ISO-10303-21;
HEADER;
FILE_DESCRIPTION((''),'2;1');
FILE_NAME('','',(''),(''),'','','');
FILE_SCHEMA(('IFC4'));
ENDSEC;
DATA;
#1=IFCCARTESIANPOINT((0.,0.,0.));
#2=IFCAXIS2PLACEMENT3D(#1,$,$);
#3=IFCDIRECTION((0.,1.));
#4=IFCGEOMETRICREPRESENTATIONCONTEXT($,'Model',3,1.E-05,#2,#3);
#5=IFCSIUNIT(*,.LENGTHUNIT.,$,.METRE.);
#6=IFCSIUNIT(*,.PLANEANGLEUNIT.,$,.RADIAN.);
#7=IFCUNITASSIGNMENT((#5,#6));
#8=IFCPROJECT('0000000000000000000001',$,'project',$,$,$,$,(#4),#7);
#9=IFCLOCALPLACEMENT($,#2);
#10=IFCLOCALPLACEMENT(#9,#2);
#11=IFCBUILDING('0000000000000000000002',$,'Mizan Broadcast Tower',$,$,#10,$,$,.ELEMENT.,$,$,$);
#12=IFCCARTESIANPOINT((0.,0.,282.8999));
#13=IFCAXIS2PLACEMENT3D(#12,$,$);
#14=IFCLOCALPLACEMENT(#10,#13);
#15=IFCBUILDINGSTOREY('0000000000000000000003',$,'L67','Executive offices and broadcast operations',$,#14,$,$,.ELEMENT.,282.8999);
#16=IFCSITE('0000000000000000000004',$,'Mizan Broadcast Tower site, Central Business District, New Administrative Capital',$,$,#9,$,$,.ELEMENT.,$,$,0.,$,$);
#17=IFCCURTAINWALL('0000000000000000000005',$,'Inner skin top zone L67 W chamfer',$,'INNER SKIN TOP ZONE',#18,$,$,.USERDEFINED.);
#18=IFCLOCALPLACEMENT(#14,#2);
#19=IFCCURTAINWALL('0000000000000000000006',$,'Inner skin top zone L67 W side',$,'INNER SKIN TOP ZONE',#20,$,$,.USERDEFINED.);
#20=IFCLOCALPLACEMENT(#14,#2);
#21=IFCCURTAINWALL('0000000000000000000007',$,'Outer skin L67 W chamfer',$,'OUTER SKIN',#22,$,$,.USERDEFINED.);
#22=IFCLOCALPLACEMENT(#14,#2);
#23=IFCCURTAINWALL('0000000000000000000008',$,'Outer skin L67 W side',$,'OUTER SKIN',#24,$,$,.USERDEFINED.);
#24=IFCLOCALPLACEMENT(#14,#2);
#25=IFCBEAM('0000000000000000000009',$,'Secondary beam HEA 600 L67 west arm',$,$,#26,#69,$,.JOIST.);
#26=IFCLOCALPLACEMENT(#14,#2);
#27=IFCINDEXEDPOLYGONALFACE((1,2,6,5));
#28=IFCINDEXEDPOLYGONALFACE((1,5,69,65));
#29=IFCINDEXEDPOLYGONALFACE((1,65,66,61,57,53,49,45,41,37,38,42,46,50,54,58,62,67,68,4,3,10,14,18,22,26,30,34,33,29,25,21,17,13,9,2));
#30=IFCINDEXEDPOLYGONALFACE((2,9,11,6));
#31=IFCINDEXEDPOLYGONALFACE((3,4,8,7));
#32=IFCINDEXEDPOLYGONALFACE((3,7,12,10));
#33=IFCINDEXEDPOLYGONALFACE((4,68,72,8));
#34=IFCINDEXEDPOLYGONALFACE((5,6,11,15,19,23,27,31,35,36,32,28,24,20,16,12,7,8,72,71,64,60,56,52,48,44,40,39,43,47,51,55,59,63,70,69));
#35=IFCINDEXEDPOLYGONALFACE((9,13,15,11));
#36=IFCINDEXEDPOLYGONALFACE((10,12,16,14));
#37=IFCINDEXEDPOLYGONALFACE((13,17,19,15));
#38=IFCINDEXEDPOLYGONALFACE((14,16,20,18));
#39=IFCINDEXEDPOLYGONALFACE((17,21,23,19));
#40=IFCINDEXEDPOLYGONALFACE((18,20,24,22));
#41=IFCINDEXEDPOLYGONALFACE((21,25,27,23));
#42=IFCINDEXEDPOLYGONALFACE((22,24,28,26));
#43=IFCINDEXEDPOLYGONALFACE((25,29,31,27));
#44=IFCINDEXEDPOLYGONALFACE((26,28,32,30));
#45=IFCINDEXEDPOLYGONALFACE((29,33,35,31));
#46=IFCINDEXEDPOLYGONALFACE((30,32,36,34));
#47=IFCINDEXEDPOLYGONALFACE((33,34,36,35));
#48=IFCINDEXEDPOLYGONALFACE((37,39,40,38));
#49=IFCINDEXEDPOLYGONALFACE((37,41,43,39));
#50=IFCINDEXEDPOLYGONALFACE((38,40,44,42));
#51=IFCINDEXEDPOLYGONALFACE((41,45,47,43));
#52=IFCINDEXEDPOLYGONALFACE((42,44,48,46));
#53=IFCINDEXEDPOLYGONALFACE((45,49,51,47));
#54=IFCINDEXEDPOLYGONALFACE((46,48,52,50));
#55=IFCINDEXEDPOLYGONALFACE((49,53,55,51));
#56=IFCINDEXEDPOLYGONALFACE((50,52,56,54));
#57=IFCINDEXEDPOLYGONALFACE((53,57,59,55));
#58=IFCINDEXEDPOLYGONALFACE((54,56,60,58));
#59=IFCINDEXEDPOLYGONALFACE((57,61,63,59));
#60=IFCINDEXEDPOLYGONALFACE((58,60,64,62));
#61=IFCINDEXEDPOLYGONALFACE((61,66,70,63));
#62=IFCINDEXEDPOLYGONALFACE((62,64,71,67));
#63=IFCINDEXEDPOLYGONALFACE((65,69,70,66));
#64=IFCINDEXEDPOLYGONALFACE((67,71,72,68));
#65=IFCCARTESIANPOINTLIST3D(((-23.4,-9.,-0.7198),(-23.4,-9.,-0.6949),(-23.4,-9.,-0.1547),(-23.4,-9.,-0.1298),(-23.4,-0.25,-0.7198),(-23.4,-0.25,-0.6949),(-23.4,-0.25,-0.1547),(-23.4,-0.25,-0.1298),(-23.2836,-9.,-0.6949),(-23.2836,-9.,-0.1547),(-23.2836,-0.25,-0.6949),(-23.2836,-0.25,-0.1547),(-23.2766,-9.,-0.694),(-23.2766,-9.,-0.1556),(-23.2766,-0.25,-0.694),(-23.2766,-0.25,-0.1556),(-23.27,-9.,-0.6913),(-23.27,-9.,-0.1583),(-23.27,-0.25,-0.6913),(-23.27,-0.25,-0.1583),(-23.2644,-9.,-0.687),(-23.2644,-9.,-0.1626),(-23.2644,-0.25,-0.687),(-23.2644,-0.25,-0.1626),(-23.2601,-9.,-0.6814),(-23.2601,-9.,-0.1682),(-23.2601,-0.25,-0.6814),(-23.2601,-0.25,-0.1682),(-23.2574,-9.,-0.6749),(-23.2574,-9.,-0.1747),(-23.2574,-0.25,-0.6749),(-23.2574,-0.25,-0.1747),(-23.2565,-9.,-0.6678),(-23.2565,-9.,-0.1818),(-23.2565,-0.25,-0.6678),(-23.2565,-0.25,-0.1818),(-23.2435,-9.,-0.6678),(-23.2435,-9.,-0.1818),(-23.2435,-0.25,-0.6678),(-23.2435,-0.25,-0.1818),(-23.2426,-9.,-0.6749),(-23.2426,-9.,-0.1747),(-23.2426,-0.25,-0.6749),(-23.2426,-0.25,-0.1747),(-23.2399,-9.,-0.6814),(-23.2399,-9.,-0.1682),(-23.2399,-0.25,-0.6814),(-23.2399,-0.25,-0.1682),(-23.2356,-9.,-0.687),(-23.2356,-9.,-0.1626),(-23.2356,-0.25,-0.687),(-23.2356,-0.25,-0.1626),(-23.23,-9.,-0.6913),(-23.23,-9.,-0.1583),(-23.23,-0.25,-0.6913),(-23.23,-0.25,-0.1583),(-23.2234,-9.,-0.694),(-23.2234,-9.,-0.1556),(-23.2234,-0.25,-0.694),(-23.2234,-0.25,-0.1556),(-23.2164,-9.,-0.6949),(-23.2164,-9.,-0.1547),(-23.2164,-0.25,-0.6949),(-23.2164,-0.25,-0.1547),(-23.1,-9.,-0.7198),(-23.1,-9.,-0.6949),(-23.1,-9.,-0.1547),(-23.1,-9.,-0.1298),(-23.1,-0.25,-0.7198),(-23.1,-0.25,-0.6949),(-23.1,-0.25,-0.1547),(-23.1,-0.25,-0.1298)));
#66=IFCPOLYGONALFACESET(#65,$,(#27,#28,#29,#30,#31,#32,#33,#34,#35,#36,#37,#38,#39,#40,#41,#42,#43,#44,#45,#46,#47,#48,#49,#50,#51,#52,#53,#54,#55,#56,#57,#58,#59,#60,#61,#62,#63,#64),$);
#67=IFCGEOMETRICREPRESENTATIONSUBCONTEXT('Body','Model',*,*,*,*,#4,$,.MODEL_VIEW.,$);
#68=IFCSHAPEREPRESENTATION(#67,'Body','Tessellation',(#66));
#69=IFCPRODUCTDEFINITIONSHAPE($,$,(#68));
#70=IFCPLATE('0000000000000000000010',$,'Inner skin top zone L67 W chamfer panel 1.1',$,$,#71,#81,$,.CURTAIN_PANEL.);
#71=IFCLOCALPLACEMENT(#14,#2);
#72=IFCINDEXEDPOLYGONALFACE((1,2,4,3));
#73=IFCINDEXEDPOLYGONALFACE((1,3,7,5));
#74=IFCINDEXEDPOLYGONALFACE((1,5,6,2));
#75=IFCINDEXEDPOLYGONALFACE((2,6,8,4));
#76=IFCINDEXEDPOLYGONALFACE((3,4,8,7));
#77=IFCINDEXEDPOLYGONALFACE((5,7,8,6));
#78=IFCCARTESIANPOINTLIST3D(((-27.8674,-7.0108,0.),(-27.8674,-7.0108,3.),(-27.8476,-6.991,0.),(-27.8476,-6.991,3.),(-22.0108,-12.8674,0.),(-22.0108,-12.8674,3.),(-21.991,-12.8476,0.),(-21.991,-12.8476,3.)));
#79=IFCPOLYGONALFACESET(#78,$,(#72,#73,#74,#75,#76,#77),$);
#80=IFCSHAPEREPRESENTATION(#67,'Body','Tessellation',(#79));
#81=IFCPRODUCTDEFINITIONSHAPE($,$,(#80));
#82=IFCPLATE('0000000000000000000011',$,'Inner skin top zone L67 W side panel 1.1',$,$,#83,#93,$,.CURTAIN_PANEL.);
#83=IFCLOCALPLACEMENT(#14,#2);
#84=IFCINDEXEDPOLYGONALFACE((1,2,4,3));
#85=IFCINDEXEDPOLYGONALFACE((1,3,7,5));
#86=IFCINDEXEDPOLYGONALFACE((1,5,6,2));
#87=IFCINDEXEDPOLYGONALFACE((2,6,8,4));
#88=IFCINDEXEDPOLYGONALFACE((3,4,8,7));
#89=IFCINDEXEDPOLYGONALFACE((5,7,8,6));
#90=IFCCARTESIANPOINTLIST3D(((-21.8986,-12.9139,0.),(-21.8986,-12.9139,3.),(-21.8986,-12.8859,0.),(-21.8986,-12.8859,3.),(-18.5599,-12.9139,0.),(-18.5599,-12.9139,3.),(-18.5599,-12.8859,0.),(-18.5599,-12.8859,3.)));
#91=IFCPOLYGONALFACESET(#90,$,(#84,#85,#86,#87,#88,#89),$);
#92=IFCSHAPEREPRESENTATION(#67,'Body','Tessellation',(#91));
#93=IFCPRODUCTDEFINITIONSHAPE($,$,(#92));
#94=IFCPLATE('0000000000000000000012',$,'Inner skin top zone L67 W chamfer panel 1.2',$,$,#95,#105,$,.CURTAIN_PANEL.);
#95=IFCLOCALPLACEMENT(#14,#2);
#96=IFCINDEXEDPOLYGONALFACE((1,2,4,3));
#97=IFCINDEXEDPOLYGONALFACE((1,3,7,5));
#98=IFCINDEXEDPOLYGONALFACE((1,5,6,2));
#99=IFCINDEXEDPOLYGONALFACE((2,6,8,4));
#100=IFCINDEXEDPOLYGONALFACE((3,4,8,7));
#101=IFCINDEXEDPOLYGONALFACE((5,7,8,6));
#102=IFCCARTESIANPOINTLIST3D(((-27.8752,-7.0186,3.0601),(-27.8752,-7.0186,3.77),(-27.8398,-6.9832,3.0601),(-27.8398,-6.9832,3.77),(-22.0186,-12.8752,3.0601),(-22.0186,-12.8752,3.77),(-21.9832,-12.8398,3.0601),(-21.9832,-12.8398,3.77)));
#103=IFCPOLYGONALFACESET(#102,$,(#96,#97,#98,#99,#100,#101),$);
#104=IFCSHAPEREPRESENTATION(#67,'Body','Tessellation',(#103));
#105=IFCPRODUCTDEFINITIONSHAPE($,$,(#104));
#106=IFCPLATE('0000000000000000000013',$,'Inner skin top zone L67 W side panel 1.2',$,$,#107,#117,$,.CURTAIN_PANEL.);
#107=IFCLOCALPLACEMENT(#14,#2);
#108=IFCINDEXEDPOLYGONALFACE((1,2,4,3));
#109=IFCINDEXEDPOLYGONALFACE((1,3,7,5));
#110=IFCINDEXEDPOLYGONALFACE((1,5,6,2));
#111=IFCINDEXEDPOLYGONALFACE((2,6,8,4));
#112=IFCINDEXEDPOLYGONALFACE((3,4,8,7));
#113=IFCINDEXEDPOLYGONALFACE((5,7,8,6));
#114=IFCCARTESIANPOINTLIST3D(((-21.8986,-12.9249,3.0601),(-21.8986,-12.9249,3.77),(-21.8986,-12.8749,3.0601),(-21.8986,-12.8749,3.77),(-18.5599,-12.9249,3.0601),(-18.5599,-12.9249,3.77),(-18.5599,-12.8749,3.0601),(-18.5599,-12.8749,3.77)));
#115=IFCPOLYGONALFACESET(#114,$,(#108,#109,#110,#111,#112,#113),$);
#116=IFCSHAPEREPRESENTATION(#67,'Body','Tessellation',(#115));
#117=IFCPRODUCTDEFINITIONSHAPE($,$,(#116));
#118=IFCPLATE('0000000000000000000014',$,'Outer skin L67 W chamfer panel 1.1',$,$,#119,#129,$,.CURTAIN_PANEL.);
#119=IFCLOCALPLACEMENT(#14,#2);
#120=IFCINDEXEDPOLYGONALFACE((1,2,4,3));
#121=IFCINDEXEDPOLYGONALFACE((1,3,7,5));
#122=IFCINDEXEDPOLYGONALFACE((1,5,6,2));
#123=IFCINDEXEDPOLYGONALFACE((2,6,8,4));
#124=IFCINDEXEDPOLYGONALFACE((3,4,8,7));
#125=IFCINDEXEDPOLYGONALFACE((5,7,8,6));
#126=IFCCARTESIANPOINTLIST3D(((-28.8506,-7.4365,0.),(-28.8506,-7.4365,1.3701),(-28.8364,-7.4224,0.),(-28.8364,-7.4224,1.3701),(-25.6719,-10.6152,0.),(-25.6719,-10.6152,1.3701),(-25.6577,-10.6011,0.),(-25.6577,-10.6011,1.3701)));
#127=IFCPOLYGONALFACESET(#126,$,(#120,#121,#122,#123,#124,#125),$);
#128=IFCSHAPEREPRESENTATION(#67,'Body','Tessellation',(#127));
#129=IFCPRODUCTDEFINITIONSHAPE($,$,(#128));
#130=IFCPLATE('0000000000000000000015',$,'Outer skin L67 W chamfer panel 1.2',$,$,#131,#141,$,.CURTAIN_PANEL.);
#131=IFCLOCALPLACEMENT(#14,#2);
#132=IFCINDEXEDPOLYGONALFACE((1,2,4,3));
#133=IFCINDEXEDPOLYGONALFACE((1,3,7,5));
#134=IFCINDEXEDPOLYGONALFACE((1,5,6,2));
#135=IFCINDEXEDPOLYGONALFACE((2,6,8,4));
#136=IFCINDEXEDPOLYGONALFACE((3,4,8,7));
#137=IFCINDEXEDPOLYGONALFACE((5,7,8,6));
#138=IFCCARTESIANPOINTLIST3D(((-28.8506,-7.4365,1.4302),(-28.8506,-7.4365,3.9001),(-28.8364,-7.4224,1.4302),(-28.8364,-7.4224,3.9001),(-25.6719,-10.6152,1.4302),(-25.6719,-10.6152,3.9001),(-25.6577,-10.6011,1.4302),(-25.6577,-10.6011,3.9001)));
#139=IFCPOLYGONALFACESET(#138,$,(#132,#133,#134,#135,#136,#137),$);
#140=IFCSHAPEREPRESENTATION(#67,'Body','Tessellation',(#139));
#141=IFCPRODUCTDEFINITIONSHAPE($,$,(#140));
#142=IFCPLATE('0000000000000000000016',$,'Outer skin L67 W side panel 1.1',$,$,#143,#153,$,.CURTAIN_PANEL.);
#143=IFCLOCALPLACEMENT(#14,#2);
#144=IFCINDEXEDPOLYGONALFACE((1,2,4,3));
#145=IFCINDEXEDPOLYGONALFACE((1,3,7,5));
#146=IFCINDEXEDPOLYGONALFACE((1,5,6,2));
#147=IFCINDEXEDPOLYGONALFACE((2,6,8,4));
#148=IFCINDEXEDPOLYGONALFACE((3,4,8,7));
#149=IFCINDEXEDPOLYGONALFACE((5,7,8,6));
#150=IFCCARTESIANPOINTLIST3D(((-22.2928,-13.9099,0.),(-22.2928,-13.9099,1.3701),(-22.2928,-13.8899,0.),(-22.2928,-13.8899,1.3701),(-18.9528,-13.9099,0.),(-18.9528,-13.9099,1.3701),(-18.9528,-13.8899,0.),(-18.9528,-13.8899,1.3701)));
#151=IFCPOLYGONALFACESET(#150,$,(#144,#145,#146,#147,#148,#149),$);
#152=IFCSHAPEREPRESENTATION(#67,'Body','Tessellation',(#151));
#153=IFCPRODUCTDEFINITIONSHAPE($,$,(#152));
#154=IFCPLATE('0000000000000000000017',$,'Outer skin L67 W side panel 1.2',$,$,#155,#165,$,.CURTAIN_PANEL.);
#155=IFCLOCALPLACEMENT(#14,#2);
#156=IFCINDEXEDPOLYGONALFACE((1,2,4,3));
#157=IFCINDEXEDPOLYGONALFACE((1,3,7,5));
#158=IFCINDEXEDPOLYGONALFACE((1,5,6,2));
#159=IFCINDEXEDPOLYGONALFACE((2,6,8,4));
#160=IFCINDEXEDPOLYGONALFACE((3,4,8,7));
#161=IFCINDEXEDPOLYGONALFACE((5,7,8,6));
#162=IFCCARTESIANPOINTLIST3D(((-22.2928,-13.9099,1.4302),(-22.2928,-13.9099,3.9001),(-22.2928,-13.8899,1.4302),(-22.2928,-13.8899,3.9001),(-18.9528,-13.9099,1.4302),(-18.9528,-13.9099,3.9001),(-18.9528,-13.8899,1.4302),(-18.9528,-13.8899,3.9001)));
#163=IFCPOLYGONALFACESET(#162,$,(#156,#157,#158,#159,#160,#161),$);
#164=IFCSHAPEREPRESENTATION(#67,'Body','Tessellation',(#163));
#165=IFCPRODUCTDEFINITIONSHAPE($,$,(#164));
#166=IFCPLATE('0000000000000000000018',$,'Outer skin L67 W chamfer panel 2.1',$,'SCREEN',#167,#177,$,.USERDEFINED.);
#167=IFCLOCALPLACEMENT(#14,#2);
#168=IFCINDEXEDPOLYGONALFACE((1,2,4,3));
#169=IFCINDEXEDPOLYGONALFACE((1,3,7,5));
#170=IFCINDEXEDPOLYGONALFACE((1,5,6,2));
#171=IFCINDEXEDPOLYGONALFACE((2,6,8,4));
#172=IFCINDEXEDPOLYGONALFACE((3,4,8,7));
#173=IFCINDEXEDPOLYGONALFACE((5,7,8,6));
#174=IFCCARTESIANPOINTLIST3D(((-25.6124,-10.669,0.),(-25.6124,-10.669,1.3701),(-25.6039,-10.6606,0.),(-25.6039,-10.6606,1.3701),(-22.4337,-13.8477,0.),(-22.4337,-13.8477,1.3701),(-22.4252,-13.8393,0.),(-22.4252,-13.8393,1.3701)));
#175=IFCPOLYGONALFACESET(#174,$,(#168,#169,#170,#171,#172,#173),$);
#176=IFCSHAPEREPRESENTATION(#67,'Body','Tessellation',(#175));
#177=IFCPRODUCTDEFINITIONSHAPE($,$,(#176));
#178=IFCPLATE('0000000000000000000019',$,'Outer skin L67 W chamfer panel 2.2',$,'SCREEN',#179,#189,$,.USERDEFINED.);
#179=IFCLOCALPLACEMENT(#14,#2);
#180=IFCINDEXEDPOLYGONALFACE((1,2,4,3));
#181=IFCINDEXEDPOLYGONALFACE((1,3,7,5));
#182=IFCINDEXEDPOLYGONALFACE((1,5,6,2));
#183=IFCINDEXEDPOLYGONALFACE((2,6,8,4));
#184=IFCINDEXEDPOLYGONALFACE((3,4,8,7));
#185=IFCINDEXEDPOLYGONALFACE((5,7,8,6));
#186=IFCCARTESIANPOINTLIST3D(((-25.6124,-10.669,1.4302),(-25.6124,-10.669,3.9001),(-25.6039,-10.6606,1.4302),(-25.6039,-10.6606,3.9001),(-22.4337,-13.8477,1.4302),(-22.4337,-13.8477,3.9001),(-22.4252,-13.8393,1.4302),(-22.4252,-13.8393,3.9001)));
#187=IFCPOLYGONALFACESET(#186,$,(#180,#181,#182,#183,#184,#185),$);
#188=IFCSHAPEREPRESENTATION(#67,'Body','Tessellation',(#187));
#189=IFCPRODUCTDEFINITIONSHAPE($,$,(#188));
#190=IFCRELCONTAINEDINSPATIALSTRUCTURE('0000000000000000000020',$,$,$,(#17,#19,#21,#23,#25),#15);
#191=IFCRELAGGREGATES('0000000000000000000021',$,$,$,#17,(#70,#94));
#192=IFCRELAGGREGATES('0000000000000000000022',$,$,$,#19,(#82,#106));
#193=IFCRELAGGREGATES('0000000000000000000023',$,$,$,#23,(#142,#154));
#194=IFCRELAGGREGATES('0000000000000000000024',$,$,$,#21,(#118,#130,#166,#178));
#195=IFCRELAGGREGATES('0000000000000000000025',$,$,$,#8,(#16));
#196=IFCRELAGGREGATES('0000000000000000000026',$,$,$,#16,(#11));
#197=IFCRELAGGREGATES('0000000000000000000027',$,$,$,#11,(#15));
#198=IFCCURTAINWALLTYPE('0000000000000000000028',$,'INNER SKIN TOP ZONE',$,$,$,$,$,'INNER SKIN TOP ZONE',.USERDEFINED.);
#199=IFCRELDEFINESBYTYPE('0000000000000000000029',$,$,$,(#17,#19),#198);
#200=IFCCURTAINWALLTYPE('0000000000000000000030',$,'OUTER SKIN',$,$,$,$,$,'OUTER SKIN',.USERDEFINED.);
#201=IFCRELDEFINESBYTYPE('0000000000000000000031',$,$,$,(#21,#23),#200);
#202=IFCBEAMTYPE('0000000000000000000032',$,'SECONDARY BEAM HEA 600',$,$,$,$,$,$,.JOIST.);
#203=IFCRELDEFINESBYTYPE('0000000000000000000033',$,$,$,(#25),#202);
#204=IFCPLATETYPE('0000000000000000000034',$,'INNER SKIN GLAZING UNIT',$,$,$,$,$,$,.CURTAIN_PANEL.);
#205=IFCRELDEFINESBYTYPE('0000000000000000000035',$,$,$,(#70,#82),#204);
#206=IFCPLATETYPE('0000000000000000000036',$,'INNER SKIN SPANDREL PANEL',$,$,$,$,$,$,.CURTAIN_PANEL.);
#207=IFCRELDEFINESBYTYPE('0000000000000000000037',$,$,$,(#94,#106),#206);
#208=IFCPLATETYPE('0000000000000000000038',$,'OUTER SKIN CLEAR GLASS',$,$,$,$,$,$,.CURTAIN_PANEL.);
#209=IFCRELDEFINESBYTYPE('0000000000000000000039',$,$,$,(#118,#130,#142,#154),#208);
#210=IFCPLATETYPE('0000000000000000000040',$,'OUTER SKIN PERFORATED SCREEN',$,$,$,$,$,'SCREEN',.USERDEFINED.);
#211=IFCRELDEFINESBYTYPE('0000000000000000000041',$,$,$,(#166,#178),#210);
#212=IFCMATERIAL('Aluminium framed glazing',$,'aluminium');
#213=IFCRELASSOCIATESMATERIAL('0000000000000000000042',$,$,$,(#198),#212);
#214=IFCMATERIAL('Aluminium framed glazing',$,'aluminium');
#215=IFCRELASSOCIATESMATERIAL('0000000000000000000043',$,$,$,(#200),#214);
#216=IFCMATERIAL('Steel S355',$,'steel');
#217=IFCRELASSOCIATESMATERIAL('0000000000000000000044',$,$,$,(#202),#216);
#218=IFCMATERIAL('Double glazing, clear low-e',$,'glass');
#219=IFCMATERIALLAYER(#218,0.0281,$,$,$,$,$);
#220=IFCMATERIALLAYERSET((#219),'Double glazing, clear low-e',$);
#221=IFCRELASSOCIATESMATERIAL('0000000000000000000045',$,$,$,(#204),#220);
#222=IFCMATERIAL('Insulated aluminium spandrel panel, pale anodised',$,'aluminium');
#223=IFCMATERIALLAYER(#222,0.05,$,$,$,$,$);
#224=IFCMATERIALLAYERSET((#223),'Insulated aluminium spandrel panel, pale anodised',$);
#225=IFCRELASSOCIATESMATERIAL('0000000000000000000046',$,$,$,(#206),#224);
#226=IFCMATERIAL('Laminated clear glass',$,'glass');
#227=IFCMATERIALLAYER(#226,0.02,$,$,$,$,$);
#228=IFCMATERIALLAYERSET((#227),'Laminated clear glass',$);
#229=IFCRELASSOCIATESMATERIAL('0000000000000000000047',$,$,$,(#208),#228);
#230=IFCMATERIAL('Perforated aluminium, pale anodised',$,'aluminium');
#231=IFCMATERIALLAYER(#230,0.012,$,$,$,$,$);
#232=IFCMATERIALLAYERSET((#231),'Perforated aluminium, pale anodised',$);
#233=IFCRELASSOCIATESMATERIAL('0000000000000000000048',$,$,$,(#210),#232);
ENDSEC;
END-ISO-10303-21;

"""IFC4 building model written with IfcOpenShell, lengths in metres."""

from ifc_helpers import new_model, si_unit, direction, frame, origin, origin_2d, place, context, subcontext, project, spatial, rectangle, i_section, extrude, material, layer, layer_set, material_profile, profile_set, type_object, element, aggregate, save


model = new_model("IFC4")

# Units and contexts
model_context = context("Model", 3, precision=1e-05, world=origin(), true_north=direction((0.0, 1.0)))
body_context = subcontext(model_context, "Body", "Model", "MODEL_VIEW")
ifc_project = project(units=[si_unit("LENGTHUNIT", "METRE"), si_unit("PLANEANGLEUNIT", "RADIAN")], contexts=[model_context])

# Site, building, storey
site_placement = place(None, origin())
site = spatial("IfcSite", under=ifc_project, at=site_placement, Name="Mizan Broadcast Tower site, Central Business District, New Administrative Capital", CompositionType="ELEMENT", RefElevation=0.0)
building_placement = place(site_placement, origin())
building = spatial("IfcBuilding", under=site, at=building_placement, Name="Mizan Broadcast Tower", CompositionType="ELEMENT")
storey_placement = place(building_placement, frame((0.0, 0.0, 282.8999)))
storey = spatial("IfcBuildingStorey", under=building, at=storey_placement, Name="L67", Description="Executive offices and broadcast operations", CompositionType="ELEMENT", Elevation=282.8999)

# Curtain walls
ifc_material_1 = material(Name="Aluminium framed glazing", Category="aluminium")
curtain_wall_type_1 = type_object("IfcCurtainWallType", Name="INNER SKIN TOP ZONE", ElementType="INNER SKIN TOP ZONE", PredefinedType="USERDEFINED", material=ifc_material_1)
curtain_wall_1_placement = place(storey_placement, origin())
curtain_wall_1 = element("IfcCurtainWall", 1, at=curtain_wall_1_placement, inside=storey, type_object=curtain_wall_type_1, Name="Inner skin top zone L67 W chamfer", ObjectType="INNER SKIN TOP ZONE", PredefinedType="USERDEFINED")
curtain_wall_2_placement = place(storey_placement, origin())
curtain_wall_2 = element("IfcCurtainWall", 2, at=curtain_wall_2_placement, inside=storey, type_object=curtain_wall_type_1, Name="Inner skin top zone L67 W side", ObjectType="INNER SKIN TOP ZONE", PredefinedType="USERDEFINED")

# Curtain wall
ifc_material_2 = material(Name="Aluminium framed glazing", Category="aluminium")
curtain_wall_type_2 = type_object("IfcCurtainWallType", Name="OUTER SKIN", ElementType="OUTER SKIN", PredefinedType="USERDEFINED", material=ifc_material_2)
curtain_wall_3_placement = place(storey_placement, origin())
curtain_wall_3 = element("IfcCurtainWall", 3, at=curtain_wall_3_placement, inside=storey, type_object=curtain_wall_type_2, Name="Outer skin L67 W chamfer", ObjectType="OUTER SKIN", PredefinedType="USERDEFINED")

# Curtain wall
curtain_wall_4_placement = place(storey_placement, origin())
curtain_wall_4 = element("IfcCurtainWall", 4, at=curtain_wall_4_placement, inside=storey, type_object=curtain_wall_type_2, Name="Outer skin L67 W side", ObjectType="OUTER SKIN", PredefinedType="USERDEFINED")

# Beam
ifc_material_3 = material(Name="Steel S355", Category="steel")
ifc_material_profile_1 = material_profile(ifc_material_3, i_section(OverallWidth=0.3, OverallDepth=0.5901, WebThickness=0.0129, FlangeThickness=0.0249, FilletRadius=0.0271, at=origin_2d()), Name="HEA 600")
ifc_profile_set_1 = profile_set([ifc_material_profile_1], Name="Steel S355")
beam_type_1 = type_object("IfcBeamType", Name="SECONDARY BEAM HEA 600", PredefinedType="JOIST", material=ifc_profile_set_1)
beam_1_placement = place(storey_placement, frame((-23.25, -9.0, -0.4248), z_axis=(0.0, 1.0, 0.0), x_axis=(-1.0, 0.0, 0.0)))
element("IfcBeam", 5, at=beam_1_placement, inside=storey, type_object=beam_type_1, Name="Secondary beam HEA 600 L67 west arm", PredefinedType="JOIST", context=body_context, shape_type="SweptSolid", body=[
    extrude(i_section(OverallWidth=0.3, OverallDepth=0.5901, WebThickness=0.0129, FlangeThickness=0.0249, FilletRadius=0.0271, at=origin_2d()), origin(), (0.0, 0.0, 1.0), 8.75),
])

# Plates
ifc_material_4 = material(Name="Double glazing, clear low-e", Category="glass")
ifc_layer_1 = layer(ifc_material_4, 0.0281)
ifc_layer_set_1 = layer_set([ifc_layer_1], Name="Double glazing, clear low-e")
plate_type_1 = type_object("IfcPlateType", Name="INNER SKIN GLAZING UNIT", PredefinedType="CURTAIN_PANEL", material=ifc_layer_set_1)
plate_1_placement = place(storey_placement, frame((-24.9292, -9.9292, 0.0), z_axis=(0.0, 0.0, 1.0), x_axis=(0.707107, -0.707107, 0.0)))
plate_1 = element("IfcPlate", 6, at=plate_1_placement, type_object=plate_type_1, Name="Inner skin top zone L67 W chamfer panel 1.1", PredefinedType="CURTAIN_PANEL", context=body_context, shape_type="SweptSolid", body=[
    extrude(rectangle(XDim=8.2825, YDim=0.0281, at=origin_2d()), origin(), (0.0, 0.0, 1.0), 3.0),
])
plate_2_placement = place(storey_placement, frame((-20.2292, -12.8999, 0.0), z_axis=(0.0, 0.0, 1.0), x_axis=(1.0, 0.0, 0.0)))
plate_2 = element("IfcPlate", 7, at=plate_2_placement, type_object=plate_type_1, Name="Inner skin top zone L67 W side panel 1.1", PredefinedType="CURTAIN_PANEL", context=body_context, shape_type="SweptSolid", body=[
    extrude(rectangle(XDim=3.3386, YDim=0.0281, at=origin_2d()), origin(), (0.0, 0.0, 1.0), 3.0),
])
ifc_material_5 = material(Name="Insulated aluminium spandrel panel, pale anodised", Category="aluminium")
ifc_layer_2 = layer(ifc_material_5, 0.05)
ifc_layer_set_2 = layer_set([ifc_layer_2], Name="Insulated aluminium spandrel panel, pale anodised")
plate_type_2 = type_object("IfcPlateType", Name="INNER SKIN SPANDREL PANEL", PredefinedType="CURTAIN_PANEL", material=ifc_layer_set_2)
plate_3_placement = place(storey_placement, frame((-24.9292, -9.9292, 3.0601), z_axis=(0.0, 0.0, 1.0), x_axis=(0.707107, -0.707107, 0.0)))
plate_3 = element("IfcPlate", 8, at=plate_3_placement, type_object=plate_type_2, Name="Inner skin top zone L67 W chamfer panel 1.2", PredefinedType="CURTAIN_PANEL", context=body_context, shape_type="SweptSolid", body=[
    extrude(rectangle(XDim=8.2825, YDim=0.05, at=origin_2d()), origin(), (0.0, 0.0, 1.0), 0.71),
])
aggregate(curtain_wall_1, [plate_1, plate_3])
plate_4_placement = place(storey_placement, frame((-20.2292, -12.8999, 3.0601), z_axis=(0.0, 0.0, 1.0), x_axis=(1.0, 0.0, 0.0)))
plate_4 = element("IfcPlate", 9, at=plate_4_placement, type_object=plate_type_2, Name="Inner skin top zone L67 W side panel 1.2", PredefinedType="CURTAIN_PANEL", context=body_context, shape_type="SweptSolid", body=[
    extrude(rectangle(XDim=3.3386, YDim=0.05, at=origin_2d()), origin(), (0.0, 0.0, 1.0), 0.71),
])
aggregate(curtain_wall_2, [plate_2, plate_4])
ifc_material_6 = material(Name="Laminated clear glass", Category="glass")
ifc_layer_3 = layer(ifc_material_6, 0.02)
ifc_layer_set_3 = layer_set([ifc_layer_3], Name="Laminated clear glass")
plate_type_3 = type_object("IfcPlateType", Name="OUTER SKIN CLEAR GLASS", PredefinedType="CURTAIN_PANEL", material=ifc_layer_set_3)
plate_5_placement = place(storey_placement, frame((-27.2542, -9.0188, 0.0), z_axis=(0.0, 0.0, 1.0), x_axis=(0.707107, -0.707107, 0.0)))
plate_5 = element("IfcPlate", 10, at=plate_5_placement, type_object=plate_type_3, Name="Outer skin L67 W chamfer panel 1.1", PredefinedType="CURTAIN_PANEL", context=body_context, shape_type="SweptSolid", body=[
    extrude(rectangle(XDim=4.4954, YDim=0.02, at=origin_2d()), origin(), (0.0, 0.0, 1.0), 1.3701),
])
plate_6_placement = place(storey_placement, frame((-27.2542, -9.0188, 1.4302), z_axis=(0.0, 0.0, 1.0), x_axis=(0.707107, -0.707107, 0.0)))
plate_6 = element("IfcPlate", 11, at=plate_6_placement, type_object=plate_type_3, Name="Outer skin L67 W chamfer panel 1.2", PredefinedType="CURTAIN_PANEL", context=body_context, shape_type="SweptSolid", body=[
    extrude(rectangle(XDim=4.4954, YDim=0.02, at=origin_2d()), origin(), (0.0, 0.0, 1.0), 2.47),
])
plate_7_placement = place(storey_placement, frame((-20.6228, -13.8999, 0.0), z_axis=(0.0, 0.0, 1.0), x_axis=(1.0, 0.0, 0.0)))
plate_7 = element("IfcPlate", 12, at=plate_7_placement, type_object=plate_type_3, Name="Outer skin L67 W side panel 1.1", PredefinedType="CURTAIN_PANEL", context=body_context, shape_type="SweptSolid", body=[
    extrude(rectangle(XDim=3.3401, YDim=0.02, at=origin_2d()), origin(), (0.0, 0.0, 1.0), 1.3701),
])
plate_8_placement = place(storey_placement, frame((-20.6228, -13.8999, 1.4302), z_axis=(0.0, 0.0, 1.0), x_axis=(1.0, 0.0, 0.0)))
plate_8 = element("IfcPlate", 13, at=plate_8_placement, type_object=plate_type_3, Name="Outer skin L67 W side panel 1.2", PredefinedType="CURTAIN_PANEL", context=body_context, shape_type="SweptSolid", body=[
    extrude(rectangle(XDim=3.3401, YDim=0.02, at=origin_2d()), origin(), (0.0, 0.0, 1.0), 2.47),
])
aggregate(curtain_wall_4, [plate_7, plate_8])
ifc_material_7 = material(Name="Perforated aluminium, pale anodised", Category="aluminium")
ifc_layer_4 = layer(ifc_material_7, 0.012)
ifc_layer_set_4 = layer_set([ifc_layer_4], Name="Perforated aluminium, pale anodised")
plate_type_4 = type_object("IfcPlateType", Name="OUTER SKIN PERFORATED SCREEN", ElementType="SCREEN", PredefinedType="USERDEFINED", material=ifc_layer_set_4)
plate_9_placement = place(storey_placement, frame((-24.0188, -12.2542, 0.0), z_axis=(0.0, 0.0, 1.0), x_axis=(0.707107, -0.707107, 0.0)))
plate_9 = element("IfcPlate", 14, at=plate_9_placement, type_object=plate_type_4, Name="Outer skin L67 W chamfer panel 2.1", ObjectType="SCREEN", PredefinedType="USERDEFINED", context=body_context, shape_type="SweptSolid", body=[
    extrude(rectangle(XDim=4.4954, YDim=0.012, at=origin_2d()), origin(), (0.0, 0.0, 1.0), 1.3701),
])
plate_10_placement = place(storey_placement, frame((-24.0188, -12.2542, 1.4302), z_axis=(0.0, 0.0, 1.0), x_axis=(0.707107, -0.707107, 0.0)))
plate_10 = element("IfcPlate", 15, at=plate_10_placement, type_object=plate_type_4, Name="Outer skin L67 W chamfer panel 2.2", ObjectType="SCREEN", PredefinedType="USERDEFINED", context=body_context, shape_type="SweptSolid", body=[
    extrude(rectangle(XDim=4.4954, YDim=0.012, at=origin_2d()), origin(), (0.0, 0.0, 1.0), 2.47),
])
aggregate(curtain_wall_3, [plate_5, plate_6, plate_9, plate_10])

save(model, "model.ifc")
